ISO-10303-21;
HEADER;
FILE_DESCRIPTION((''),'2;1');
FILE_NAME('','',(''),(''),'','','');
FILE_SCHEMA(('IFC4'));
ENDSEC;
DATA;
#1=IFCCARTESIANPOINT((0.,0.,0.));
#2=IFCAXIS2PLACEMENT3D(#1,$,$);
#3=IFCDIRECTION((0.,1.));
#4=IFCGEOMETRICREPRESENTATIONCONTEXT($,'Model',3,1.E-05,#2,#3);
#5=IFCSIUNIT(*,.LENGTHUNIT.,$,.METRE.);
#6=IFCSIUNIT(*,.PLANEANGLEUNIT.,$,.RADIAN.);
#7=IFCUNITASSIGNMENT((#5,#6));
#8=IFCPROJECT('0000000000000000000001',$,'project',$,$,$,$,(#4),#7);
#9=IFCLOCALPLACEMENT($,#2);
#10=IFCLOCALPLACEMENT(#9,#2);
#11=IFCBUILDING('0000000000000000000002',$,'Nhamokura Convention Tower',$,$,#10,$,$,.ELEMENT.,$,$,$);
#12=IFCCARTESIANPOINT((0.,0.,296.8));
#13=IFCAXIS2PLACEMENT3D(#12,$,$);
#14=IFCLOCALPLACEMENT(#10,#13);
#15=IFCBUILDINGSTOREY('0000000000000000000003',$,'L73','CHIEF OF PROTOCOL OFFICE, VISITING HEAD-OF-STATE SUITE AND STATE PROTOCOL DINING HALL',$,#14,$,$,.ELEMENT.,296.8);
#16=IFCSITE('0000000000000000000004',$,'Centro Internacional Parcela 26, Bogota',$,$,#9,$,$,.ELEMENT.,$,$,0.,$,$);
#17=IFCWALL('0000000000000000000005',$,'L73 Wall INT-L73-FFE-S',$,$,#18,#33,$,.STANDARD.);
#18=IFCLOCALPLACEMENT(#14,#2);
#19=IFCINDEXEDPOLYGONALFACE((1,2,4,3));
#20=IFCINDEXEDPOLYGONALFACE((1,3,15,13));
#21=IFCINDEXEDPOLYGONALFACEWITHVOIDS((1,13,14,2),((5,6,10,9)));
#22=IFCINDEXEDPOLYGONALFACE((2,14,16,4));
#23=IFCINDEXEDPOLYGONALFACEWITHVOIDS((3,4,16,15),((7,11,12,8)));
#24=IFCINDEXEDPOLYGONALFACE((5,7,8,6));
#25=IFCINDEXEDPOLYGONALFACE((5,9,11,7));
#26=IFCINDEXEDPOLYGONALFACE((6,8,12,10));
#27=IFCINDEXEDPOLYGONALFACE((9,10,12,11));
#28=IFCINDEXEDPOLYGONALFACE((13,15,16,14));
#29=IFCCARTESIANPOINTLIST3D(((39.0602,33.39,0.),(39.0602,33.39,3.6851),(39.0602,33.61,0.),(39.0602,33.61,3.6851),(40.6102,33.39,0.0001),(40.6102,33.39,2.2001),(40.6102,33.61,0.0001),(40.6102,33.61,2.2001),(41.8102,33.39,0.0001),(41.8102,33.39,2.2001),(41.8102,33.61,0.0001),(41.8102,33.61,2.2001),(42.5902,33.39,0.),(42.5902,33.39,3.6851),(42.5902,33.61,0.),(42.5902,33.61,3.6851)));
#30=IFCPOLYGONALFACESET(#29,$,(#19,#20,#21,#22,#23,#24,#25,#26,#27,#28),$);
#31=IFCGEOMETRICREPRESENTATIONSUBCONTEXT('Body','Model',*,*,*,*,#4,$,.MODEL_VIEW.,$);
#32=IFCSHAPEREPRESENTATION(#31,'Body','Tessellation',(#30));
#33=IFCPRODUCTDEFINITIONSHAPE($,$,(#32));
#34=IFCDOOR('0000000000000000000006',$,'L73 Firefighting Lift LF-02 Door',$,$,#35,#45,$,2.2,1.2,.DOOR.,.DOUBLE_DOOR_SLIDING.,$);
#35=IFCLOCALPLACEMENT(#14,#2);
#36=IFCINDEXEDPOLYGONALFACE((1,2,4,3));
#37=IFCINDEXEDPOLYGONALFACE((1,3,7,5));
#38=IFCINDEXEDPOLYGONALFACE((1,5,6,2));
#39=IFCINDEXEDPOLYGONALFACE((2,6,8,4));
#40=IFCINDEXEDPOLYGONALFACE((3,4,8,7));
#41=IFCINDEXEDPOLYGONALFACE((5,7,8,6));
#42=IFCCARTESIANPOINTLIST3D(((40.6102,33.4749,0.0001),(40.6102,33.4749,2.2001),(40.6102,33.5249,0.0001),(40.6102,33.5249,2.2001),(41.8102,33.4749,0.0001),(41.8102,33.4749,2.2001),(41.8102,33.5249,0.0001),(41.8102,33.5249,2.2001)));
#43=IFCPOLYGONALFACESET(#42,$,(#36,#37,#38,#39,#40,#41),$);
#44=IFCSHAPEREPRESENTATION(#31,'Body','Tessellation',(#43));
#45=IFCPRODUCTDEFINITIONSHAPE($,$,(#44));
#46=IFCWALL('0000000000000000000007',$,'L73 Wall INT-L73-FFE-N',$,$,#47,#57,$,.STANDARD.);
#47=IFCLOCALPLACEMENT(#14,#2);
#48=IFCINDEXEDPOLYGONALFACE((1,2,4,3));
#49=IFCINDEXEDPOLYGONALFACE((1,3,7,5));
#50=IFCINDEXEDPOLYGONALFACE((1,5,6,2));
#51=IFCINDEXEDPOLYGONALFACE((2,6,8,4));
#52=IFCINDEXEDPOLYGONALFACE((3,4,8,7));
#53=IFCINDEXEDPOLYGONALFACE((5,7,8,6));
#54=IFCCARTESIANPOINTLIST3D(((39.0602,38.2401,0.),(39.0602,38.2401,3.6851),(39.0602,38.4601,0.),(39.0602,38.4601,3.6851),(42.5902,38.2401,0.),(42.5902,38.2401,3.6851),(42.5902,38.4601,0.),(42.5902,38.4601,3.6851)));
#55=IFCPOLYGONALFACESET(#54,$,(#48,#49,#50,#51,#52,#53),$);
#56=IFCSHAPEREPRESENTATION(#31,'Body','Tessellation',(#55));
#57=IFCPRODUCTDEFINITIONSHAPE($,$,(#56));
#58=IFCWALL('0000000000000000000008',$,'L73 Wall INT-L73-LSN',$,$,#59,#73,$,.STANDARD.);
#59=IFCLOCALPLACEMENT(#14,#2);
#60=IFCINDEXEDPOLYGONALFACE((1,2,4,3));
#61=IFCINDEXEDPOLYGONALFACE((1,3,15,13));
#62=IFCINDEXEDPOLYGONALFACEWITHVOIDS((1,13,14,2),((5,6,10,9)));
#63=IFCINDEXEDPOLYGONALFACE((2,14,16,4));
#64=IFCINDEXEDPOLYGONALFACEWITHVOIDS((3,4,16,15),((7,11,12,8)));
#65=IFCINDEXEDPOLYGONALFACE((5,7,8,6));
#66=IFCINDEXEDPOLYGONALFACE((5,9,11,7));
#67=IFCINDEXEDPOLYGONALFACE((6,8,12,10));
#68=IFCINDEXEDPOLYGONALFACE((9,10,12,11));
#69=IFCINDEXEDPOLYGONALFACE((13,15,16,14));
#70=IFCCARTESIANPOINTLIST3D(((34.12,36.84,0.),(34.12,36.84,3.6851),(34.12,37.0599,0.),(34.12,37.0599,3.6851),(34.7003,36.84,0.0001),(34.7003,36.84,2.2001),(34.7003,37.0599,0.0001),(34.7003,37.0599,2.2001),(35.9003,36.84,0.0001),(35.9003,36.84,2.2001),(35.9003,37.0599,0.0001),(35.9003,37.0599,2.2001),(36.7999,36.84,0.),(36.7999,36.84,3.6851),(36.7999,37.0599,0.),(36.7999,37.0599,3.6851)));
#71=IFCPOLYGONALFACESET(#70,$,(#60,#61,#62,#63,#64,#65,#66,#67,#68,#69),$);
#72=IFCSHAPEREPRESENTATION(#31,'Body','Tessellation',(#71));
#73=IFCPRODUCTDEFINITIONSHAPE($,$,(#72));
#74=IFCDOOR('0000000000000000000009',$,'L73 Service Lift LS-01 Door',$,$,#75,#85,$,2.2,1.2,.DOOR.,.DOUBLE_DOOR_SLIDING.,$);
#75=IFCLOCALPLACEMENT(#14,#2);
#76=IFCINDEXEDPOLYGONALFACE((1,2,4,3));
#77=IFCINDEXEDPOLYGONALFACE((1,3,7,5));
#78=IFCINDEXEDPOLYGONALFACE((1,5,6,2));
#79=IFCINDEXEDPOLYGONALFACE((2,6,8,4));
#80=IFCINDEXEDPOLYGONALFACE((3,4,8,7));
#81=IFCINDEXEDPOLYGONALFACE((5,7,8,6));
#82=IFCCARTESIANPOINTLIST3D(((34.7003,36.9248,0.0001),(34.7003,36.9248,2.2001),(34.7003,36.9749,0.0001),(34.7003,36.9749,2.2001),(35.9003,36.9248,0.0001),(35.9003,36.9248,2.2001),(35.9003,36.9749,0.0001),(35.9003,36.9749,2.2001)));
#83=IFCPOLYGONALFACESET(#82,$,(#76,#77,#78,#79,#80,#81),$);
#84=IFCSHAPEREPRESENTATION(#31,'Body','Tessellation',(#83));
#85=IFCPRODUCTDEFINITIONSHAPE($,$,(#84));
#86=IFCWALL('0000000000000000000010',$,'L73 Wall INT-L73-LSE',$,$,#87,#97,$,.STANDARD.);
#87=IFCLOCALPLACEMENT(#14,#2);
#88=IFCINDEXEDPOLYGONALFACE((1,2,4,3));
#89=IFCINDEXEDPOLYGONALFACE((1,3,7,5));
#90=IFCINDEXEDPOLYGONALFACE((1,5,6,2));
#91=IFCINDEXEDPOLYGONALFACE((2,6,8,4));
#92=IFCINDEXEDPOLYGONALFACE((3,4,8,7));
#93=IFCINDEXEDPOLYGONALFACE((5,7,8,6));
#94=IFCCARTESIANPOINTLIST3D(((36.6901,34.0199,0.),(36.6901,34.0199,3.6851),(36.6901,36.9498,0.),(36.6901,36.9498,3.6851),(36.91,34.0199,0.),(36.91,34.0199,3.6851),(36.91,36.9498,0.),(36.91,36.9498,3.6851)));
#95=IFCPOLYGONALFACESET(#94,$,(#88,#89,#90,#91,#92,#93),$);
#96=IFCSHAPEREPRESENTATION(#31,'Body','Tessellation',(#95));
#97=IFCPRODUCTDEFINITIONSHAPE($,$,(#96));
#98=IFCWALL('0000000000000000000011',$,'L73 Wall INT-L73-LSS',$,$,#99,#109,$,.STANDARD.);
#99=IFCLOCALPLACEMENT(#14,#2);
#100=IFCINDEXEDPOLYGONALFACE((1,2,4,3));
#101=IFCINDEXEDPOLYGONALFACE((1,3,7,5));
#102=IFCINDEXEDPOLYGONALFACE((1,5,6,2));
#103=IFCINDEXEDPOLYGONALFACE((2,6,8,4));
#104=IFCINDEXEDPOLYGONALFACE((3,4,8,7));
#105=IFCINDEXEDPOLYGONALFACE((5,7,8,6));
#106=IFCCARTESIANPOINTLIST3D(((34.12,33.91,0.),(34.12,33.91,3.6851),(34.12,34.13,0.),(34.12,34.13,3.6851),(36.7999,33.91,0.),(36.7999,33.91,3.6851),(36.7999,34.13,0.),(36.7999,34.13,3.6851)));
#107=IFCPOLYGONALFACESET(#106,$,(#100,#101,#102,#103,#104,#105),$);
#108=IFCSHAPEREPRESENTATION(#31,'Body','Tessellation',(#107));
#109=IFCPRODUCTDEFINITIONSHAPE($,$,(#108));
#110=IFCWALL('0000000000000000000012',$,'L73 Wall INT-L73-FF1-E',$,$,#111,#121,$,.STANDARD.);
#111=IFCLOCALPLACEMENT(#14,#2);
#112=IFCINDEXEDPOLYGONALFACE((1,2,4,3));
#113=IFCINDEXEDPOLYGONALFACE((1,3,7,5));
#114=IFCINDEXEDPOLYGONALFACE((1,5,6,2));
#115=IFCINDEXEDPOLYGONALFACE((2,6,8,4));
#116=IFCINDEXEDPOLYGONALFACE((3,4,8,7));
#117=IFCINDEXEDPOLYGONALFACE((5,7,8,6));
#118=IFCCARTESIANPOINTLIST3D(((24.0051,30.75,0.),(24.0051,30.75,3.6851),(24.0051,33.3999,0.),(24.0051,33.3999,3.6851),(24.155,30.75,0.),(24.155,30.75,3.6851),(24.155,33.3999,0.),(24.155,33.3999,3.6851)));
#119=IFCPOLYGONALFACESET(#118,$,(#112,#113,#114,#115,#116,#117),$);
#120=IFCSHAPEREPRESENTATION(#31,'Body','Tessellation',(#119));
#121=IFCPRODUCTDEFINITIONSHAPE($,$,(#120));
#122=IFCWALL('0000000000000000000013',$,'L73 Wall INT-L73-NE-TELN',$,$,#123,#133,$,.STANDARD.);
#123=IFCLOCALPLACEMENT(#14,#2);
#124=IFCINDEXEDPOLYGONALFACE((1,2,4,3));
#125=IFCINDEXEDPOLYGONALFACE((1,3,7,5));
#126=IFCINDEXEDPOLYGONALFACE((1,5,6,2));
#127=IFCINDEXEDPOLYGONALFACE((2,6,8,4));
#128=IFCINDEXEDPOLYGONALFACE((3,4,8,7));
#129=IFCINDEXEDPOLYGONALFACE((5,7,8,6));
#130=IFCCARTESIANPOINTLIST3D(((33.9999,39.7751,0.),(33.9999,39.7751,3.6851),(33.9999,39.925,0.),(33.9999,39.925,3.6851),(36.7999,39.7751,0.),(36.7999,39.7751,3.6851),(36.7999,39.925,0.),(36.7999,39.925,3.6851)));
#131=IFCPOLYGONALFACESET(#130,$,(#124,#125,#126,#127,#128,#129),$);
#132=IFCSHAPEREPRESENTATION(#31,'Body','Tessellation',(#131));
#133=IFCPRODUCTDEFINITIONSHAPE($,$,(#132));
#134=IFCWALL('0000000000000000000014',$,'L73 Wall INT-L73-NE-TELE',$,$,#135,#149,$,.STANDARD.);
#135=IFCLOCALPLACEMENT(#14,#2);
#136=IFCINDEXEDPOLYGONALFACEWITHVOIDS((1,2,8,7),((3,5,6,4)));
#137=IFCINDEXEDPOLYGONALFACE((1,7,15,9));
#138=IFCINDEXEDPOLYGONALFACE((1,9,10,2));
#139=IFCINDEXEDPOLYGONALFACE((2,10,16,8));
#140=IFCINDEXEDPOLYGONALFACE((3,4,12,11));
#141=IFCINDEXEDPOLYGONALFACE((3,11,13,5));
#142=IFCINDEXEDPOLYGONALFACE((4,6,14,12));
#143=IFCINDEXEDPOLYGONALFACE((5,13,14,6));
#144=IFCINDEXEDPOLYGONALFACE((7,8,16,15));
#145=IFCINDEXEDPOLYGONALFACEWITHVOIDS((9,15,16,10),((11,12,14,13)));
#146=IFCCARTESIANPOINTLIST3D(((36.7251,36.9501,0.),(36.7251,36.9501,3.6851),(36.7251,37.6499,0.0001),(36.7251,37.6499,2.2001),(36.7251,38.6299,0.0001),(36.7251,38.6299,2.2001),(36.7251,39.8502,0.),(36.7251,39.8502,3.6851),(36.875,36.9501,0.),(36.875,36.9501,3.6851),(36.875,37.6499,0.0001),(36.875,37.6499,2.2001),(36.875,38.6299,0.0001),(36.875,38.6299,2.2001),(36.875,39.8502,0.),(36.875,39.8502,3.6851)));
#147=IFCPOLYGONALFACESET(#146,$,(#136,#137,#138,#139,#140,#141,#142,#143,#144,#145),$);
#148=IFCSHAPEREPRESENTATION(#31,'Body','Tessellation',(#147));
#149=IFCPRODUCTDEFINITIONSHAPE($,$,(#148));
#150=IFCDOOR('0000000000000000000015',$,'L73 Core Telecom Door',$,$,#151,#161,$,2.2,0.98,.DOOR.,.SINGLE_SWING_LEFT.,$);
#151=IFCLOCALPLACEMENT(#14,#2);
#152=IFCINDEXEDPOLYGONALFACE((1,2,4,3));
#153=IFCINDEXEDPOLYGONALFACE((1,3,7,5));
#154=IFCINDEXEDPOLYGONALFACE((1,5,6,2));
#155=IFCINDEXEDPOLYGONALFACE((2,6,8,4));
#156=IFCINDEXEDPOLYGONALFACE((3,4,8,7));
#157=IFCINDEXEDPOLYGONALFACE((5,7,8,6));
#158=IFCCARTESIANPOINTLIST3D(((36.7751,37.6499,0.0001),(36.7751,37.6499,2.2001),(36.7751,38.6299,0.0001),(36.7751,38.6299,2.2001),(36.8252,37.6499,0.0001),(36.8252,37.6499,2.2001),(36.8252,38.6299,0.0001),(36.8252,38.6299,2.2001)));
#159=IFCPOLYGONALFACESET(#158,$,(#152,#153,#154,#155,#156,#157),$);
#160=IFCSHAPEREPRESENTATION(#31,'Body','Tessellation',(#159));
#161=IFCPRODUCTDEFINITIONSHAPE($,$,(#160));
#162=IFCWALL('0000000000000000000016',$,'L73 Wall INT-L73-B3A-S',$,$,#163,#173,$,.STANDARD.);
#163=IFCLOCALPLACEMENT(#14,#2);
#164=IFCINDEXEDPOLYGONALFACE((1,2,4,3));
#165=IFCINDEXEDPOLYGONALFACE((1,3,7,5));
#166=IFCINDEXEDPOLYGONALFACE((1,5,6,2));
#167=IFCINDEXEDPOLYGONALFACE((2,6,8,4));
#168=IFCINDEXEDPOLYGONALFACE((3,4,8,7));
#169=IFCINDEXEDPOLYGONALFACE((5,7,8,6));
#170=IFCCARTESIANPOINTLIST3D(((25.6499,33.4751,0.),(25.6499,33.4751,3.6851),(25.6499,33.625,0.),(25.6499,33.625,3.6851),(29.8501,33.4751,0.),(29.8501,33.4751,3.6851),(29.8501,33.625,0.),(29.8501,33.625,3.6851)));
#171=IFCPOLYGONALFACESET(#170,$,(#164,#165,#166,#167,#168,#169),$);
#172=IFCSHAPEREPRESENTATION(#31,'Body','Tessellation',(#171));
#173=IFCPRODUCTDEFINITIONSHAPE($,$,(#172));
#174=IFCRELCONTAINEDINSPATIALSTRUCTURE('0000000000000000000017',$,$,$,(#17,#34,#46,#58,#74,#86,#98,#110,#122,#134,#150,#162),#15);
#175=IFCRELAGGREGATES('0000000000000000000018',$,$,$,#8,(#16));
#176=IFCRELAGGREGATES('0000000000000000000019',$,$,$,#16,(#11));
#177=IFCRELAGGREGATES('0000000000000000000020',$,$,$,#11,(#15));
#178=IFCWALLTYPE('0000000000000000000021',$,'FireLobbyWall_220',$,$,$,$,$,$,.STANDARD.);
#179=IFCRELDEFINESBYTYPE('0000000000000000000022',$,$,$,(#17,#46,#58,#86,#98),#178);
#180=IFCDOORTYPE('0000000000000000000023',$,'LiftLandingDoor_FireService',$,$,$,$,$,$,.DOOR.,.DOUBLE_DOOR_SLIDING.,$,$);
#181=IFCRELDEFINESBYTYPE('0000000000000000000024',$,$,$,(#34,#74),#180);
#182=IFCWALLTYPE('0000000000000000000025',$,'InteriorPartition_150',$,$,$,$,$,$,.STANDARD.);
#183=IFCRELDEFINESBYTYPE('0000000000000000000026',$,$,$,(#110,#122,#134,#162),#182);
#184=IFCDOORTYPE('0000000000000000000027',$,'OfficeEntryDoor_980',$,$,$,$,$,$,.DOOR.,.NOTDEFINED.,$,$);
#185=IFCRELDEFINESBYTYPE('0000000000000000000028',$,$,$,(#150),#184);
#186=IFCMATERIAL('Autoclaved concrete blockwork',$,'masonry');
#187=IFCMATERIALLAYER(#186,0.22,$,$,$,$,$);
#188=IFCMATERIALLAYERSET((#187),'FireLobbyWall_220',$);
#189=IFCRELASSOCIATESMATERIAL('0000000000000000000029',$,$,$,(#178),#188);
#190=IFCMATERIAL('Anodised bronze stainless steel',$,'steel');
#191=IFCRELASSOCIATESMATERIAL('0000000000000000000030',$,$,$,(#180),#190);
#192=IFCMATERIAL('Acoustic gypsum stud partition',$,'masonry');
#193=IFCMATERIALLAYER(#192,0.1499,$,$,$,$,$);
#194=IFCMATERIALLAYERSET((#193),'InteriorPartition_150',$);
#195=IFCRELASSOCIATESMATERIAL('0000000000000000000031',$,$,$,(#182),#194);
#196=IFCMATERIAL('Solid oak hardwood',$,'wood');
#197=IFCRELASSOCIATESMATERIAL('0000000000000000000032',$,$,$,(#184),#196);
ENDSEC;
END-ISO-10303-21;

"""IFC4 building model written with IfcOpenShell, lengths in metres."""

from ifc_helpers import new_model, si_unit, direction, frame, frame_2d, origin, place, context, subcontext, project, spatial, rectangle, extrude, material, layer, layer_set, type_object, element, fill, save


model = new_model("IFC4")

# Units and contexts
model_context = context("Model", 3, precision=1e-05, world=origin(), true_north=direction((0.0, 1.0)))
body_context = subcontext(model_context, "Body", "Model", "MODEL_VIEW")
ifc_project = project(units=[si_unit("LENGTHUNIT", "METRE"), si_unit("PLANEANGLEUNIT", "RADIAN")], contexts=[model_context])

# Site, building, storey
site_placement = place(None, origin())
site = spatial("IfcSite", under=ifc_project, at=site_placement, Name="Centro Internacional Parcela 26, Bogota", CompositionType="ELEMENT", RefElevation=0.0)
building_placement = place(site_placement, origin())
building = spatial("IfcBuilding", under=site, at=building_placement, Name="Nhamokura Convention Tower", CompositionType="ELEMENT")
storey_placement = place(building_placement, frame((0.0, 0.0, 296.8)))
storey = spatial("IfcBuildingStorey", under=building, at=storey_placement, Name="L73", Description="CHIEF OF PROTOCOL OFFICE, VISITING HEAD-OF-STATE SUITE AND STATE PROTOCOL DINING HALL", CompositionType="ELEMENT", Elevation=296.8)

# Wall, opening, door
ifc_material_1 = material(Name="Autoclaved concrete blockwork", Category="masonry")
ifc_layer_1 = layer(ifc_material_1, 0.22)
ifc_layer_set_1 = layer_set([ifc_layer_1], Name="FireLobbyWall_220")
wall_type_1 = type_object("IfcWallType", Name="FireLobbyWall_220", PredefinedType="STANDARD", material=ifc_layer_set_1)
wall_1_placement = place(storey_placement, frame((39.0601, 33.5, 0.0), z_axis=(0.0, 0.0, 1.0), x_axis=(1.0, 0.0, 0.0)))
wall_1 = element("IfcWall", 1, at=wall_1_placement, inside=storey, type_object=wall_type_1, Name="L73 Wall INT-L73-FFE-S", PredefinedType="STANDARD", context=body_context, shape_type="SweptSolid", body=[
    extrude(rectangle(XDim=3.53, YDim=0.22, at=frame_2d((1.7651, 0.0))), origin(), (0.0, 0.0, 1.0), 3.6851),
])
opening_1_placement = place(wall_1_placement, frame((1.55, 0.0, 0.0)))
opening_1 = element("IfcOpeningElement", 2, at=opening_1_placement, cuts=wall_1, PredefinedType="OPENING", context=body_context, shape_type="SweptSolid", body=[
    extrude(rectangle(XDim=1.2, YDim=2.2, at=frame_2d((0.6001, 1.1001))), frame((0.0, 0.1199, 0.0), z_axis=(0.0, -1.0, 0.0), x_axis=(1.0, 0.0, 0.0)), (0.0, 0.0, 1.0), 0.24),
])
ifc_material_2 = material(Name="Anodised bronze stainless steel", Category="steel")
door_type_1 = type_object("IfcDoorType", Name="LiftLandingDoor_FireService", OperationType="DOUBLE_DOOR_SLIDING", PredefinedType="DOOR", material=ifc_material_2)
door_1_placement = place(opening_1_placement, origin())
door_1 = element("IfcDoor", 3, at=door_1_placement, inside=storey, type_object=door_type_1, Name="L73 Firefighting Lift LF-02 Door", OperationType="DOUBLE_DOOR_SLIDING", OverallHeight=2.2, OverallWidth=1.2, PredefinedType="DOOR", context=body_context, shape_type="SweptSolid", body=[
    extrude(rectangle(XDim=1.2, YDim=2.2, at=frame_2d((0.6001, 1.1001))), frame((0.0, 0.0249, 0.0), z_axis=(0.0, -1.0, 0.0), x_axis=(1.0, 0.0, 0.0)), (0.0, 0.0, 1.0), 0.05),
])
fill(opening_1, door_1)

# Wall
wall_2_placement = place(storey_placement, frame((39.0601, 38.3501, 0.0), z_axis=(0.0, 0.0, 1.0), x_axis=(1.0, 0.0, 0.0)))
element("IfcWall", 4, at=wall_2_placement, inside=storey, type_object=wall_type_1, Name="L73 Wall INT-L73-FFE-N", PredefinedType="STANDARD", context=body_context, shape_type="SweptSolid", body=[
    extrude(rectangle(XDim=3.53, YDim=0.22, at=frame_2d((1.7651, 0.0))), origin(), (0.0, 0.0, 1.0), 3.6851),
])

# Wall, opening, door
wall_3_placement = place(storey_placement, frame((34.1201, 36.95, 0.0), z_axis=(0.0, 0.0, 1.0), x_axis=(1.0, 0.0, 0.0)))
wall_3 = element("IfcWall", 5, at=wall_3_placement, inside=storey, type_object=wall_type_1, Name="L73 Wall INT-L73-LSN", PredefinedType="STANDARD", context=body_context, shape_type="SweptSolid", body=[
    extrude(rectangle(XDim=2.6799, YDim=0.22, at=frame_2d((1.3398, 0.0))), origin(), (0.0, 0.0, 1.0), 3.6851),
])
opening_2_placement = place(wall_3_placement, frame((0.5801, 0.0, 0.0)))
opening_2 = element("IfcOpeningElement", 6, at=opening_2_placement, cuts=wall_3, PredefinedType="OPENING", context=body_context, shape_type="SweptSolid", body=[
    extrude(rectangle(XDim=1.2, YDim=2.2, at=frame_2d((0.6001, 1.1001))), frame((0.0, 0.1199, 0.0), z_axis=(0.0, -1.0, 0.0), x_axis=(1.0, 0.0, 0.0)), (0.0, 0.0, 1.0), 0.24),
])
door_2_placement = place(opening_2_placement, origin())
door_2 = element("IfcDoor", 7, at=door_2_placement, inside=storey, type_object=door_type_1, Name="L73 Service Lift LS-01 Door", OperationType="DOUBLE_DOOR_SLIDING", OverallHeight=2.2, OverallWidth=1.2, PredefinedType="DOOR", context=body_context, shape_type="SweptSolid", body=[
    extrude(rectangle(XDim=1.2, YDim=2.2, at=frame_2d((0.6001, 1.1001))), frame((0.0, 0.0249, 0.0), z_axis=(0.0, -1.0, 0.0), x_axis=(1.0, 0.0, 0.0)), (0.0, 0.0, 1.0), 0.05),
])
fill(opening_2, door_2)

# Walls
wall_4_placement = place(storey_placement, frame((36.8, 34.02, 0.0), z_axis=(0.0, 0.0, 1.0), x_axis=(0.0, 1.0, 0.0)))
element("IfcWall", 8, at=wall_4_placement, inside=storey, type_object=wall_type_1, Name="L73 Wall INT-L73-LSE", PredefinedType="STANDARD", context=body_context, shape_type="SweptSolid", body=[
    extrude(rectangle(XDim=2.9299, YDim=0.22, at=frame_2d((1.4648, 0.0))), origin(), (0.0, 0.0, 1.0), 3.6851),
])
wall_5_placement = place(storey_placement, frame((34.1201, 34.02, 0.0), z_axis=(0.0, 0.0, 1.0), x_axis=(1.0, 0.0, 0.0)))
element("IfcWall", 9, at=wall_5_placement, inside=storey, type_object=wall_type_1, Name="L73 Wall INT-L73-LSS", PredefinedType="STANDARD", context=body_context, shape_type="SweptSolid", body=[
    extrude(rectangle(XDim=2.6799, YDim=0.22, at=frame_2d((1.3398, 0.0))), origin(), (0.0, 0.0, 1.0), 3.6851),
])
ifc_material_3 = material(Name="Acoustic gypsum stud partition", Category="masonry")
ifc_layer_2 = layer(ifc_material_3, 0.1499)
ifc_layer_set_2 = layer_set([ifc_layer_2], Name="InteriorPartition_150")
wall_type_2 = type_object("IfcWallType", Name="InteriorPartition_150", PredefinedType="STANDARD", material=ifc_layer_set_2)
wall_6_placement = place(storey_placement, frame((24.0801, 30.75, 0.0), z_axis=(0.0, 0.0, 1.0), x_axis=(0.0, 1.0, 0.0)))
element("IfcWall", 10, at=wall_6_placement, inside=storey, type_object=wall_type_2, Name="L73 Wall INT-L73-FF1-E", PredefinedType="STANDARD", context=body_context, shape_type="SweptSolid", body=[
    extrude(rectangle(XDim=2.6499, YDim=0.1499, at=frame_2d((1.325, 0.0))), origin(), (0.0, 0.0, 1.0), 3.6851),
])
wall_7_placement = place(storey_placement, frame((34.0, 39.8501, 0.0), z_axis=(0.0, 0.0, 1.0), x_axis=(1.0, 0.0, 0.0)))
element("IfcWall", 11, at=wall_7_placement, inside=storey, type_object=wall_type_2, Name="L73 Wall INT-L73-NE-TELN", PredefinedType="STANDARD", context=body_context, shape_type="SweptSolid", body=[
    extrude(rectangle(XDim=2.8, YDim=0.1499, at=frame_2d((1.3999, 0.0))), origin(), (0.0, 0.0, 1.0), 3.6851),
])

# Wall, opening, door
wall_8_placement = place(storey_placement, frame((36.8, 36.95, 0.0), z_axis=(0.0, 0.0, 1.0), x_axis=(0.0, 1.0, 0.0)))
wall_8 = element("IfcWall", 12, at=wall_8_placement, inside=storey, type_object=wall_type_2, Name="L73 Wall INT-L73-NE-TELE", PredefinedType="STANDARD", context=body_context, shape_type="SweptSolid", body=[
    extrude(rectangle(XDim=2.9001, YDim=0.1499, at=frame_2d((1.4502, 0.0))), origin(), (0.0, 0.0, 1.0), 3.6851),
])
opening_3_placement = place(wall_8_placement, frame((0.7, 0.0, 0.0)))
opening_3 = element("IfcOpeningElement", 13, at=opening_3_placement, cuts=wall_8, PredefinedType="OPENING", context=body_context, shape_type="SweptSolid", body=[
    extrude(rectangle(XDim=0.98, YDim=2.2, at=frame_2d((0.49, 1.1001))), frame((0.0, 0.085, 0.0), z_axis=(0.0, -1.0, 0.0), x_axis=(1.0, 0.0, 0.0)), (0.0, 0.0, 1.0), 0.1699),
])
ifc_material_4 = material(Name="Solid oak hardwood", Category="wood")
door_type_2 = type_object("IfcDoorType", Name="OfficeEntryDoor_980", OperationType="NOTDEFINED", PredefinedType="DOOR", material=ifc_material_4)
door_3_placement = place(opening_3_placement, origin())
door_3 = element("IfcDoor", 14, at=door_3_placement, inside=storey, type_object=door_type_2, Name="L73 Core Telecom Door", OperationType="SINGLE_SWING_LEFT", OverallHeight=2.2, OverallWidth=0.98, PredefinedType="DOOR", context=body_context, shape_type="SweptSolid", body=[
    extrude(rectangle(XDim=0.98, YDim=2.2, at=frame_2d((0.49, 1.1001))), frame((0.0, 0.0249, 0.0), z_axis=(0.0, -1.0, 0.0), x_axis=(1.0, 0.0, 0.0)), (0.0, 0.0, 1.0), 0.05),
])
fill(opening_3, door_3)

# Wall
wall_9_placement = place(storey_placement, frame((25.6499, 33.55, 0.0), z_axis=(0.0, 0.0, 1.0), x_axis=(1.0, 0.0, 0.0)))
element("IfcWall", 15, at=wall_9_placement, inside=storey, type_object=wall_type_2, Name="L73 Wall INT-L73-B3A-S", PredefinedType="STANDARD", context=body_context, shape_type="SweptSolid", body=[
    extrude(rectangle(XDim=4.2002, YDim=0.1499, at=frame_2d((2.1001, 0.0))), origin(), (0.0, 0.0, 1.0), 3.6851),
])

save(model, "model.ifc")
